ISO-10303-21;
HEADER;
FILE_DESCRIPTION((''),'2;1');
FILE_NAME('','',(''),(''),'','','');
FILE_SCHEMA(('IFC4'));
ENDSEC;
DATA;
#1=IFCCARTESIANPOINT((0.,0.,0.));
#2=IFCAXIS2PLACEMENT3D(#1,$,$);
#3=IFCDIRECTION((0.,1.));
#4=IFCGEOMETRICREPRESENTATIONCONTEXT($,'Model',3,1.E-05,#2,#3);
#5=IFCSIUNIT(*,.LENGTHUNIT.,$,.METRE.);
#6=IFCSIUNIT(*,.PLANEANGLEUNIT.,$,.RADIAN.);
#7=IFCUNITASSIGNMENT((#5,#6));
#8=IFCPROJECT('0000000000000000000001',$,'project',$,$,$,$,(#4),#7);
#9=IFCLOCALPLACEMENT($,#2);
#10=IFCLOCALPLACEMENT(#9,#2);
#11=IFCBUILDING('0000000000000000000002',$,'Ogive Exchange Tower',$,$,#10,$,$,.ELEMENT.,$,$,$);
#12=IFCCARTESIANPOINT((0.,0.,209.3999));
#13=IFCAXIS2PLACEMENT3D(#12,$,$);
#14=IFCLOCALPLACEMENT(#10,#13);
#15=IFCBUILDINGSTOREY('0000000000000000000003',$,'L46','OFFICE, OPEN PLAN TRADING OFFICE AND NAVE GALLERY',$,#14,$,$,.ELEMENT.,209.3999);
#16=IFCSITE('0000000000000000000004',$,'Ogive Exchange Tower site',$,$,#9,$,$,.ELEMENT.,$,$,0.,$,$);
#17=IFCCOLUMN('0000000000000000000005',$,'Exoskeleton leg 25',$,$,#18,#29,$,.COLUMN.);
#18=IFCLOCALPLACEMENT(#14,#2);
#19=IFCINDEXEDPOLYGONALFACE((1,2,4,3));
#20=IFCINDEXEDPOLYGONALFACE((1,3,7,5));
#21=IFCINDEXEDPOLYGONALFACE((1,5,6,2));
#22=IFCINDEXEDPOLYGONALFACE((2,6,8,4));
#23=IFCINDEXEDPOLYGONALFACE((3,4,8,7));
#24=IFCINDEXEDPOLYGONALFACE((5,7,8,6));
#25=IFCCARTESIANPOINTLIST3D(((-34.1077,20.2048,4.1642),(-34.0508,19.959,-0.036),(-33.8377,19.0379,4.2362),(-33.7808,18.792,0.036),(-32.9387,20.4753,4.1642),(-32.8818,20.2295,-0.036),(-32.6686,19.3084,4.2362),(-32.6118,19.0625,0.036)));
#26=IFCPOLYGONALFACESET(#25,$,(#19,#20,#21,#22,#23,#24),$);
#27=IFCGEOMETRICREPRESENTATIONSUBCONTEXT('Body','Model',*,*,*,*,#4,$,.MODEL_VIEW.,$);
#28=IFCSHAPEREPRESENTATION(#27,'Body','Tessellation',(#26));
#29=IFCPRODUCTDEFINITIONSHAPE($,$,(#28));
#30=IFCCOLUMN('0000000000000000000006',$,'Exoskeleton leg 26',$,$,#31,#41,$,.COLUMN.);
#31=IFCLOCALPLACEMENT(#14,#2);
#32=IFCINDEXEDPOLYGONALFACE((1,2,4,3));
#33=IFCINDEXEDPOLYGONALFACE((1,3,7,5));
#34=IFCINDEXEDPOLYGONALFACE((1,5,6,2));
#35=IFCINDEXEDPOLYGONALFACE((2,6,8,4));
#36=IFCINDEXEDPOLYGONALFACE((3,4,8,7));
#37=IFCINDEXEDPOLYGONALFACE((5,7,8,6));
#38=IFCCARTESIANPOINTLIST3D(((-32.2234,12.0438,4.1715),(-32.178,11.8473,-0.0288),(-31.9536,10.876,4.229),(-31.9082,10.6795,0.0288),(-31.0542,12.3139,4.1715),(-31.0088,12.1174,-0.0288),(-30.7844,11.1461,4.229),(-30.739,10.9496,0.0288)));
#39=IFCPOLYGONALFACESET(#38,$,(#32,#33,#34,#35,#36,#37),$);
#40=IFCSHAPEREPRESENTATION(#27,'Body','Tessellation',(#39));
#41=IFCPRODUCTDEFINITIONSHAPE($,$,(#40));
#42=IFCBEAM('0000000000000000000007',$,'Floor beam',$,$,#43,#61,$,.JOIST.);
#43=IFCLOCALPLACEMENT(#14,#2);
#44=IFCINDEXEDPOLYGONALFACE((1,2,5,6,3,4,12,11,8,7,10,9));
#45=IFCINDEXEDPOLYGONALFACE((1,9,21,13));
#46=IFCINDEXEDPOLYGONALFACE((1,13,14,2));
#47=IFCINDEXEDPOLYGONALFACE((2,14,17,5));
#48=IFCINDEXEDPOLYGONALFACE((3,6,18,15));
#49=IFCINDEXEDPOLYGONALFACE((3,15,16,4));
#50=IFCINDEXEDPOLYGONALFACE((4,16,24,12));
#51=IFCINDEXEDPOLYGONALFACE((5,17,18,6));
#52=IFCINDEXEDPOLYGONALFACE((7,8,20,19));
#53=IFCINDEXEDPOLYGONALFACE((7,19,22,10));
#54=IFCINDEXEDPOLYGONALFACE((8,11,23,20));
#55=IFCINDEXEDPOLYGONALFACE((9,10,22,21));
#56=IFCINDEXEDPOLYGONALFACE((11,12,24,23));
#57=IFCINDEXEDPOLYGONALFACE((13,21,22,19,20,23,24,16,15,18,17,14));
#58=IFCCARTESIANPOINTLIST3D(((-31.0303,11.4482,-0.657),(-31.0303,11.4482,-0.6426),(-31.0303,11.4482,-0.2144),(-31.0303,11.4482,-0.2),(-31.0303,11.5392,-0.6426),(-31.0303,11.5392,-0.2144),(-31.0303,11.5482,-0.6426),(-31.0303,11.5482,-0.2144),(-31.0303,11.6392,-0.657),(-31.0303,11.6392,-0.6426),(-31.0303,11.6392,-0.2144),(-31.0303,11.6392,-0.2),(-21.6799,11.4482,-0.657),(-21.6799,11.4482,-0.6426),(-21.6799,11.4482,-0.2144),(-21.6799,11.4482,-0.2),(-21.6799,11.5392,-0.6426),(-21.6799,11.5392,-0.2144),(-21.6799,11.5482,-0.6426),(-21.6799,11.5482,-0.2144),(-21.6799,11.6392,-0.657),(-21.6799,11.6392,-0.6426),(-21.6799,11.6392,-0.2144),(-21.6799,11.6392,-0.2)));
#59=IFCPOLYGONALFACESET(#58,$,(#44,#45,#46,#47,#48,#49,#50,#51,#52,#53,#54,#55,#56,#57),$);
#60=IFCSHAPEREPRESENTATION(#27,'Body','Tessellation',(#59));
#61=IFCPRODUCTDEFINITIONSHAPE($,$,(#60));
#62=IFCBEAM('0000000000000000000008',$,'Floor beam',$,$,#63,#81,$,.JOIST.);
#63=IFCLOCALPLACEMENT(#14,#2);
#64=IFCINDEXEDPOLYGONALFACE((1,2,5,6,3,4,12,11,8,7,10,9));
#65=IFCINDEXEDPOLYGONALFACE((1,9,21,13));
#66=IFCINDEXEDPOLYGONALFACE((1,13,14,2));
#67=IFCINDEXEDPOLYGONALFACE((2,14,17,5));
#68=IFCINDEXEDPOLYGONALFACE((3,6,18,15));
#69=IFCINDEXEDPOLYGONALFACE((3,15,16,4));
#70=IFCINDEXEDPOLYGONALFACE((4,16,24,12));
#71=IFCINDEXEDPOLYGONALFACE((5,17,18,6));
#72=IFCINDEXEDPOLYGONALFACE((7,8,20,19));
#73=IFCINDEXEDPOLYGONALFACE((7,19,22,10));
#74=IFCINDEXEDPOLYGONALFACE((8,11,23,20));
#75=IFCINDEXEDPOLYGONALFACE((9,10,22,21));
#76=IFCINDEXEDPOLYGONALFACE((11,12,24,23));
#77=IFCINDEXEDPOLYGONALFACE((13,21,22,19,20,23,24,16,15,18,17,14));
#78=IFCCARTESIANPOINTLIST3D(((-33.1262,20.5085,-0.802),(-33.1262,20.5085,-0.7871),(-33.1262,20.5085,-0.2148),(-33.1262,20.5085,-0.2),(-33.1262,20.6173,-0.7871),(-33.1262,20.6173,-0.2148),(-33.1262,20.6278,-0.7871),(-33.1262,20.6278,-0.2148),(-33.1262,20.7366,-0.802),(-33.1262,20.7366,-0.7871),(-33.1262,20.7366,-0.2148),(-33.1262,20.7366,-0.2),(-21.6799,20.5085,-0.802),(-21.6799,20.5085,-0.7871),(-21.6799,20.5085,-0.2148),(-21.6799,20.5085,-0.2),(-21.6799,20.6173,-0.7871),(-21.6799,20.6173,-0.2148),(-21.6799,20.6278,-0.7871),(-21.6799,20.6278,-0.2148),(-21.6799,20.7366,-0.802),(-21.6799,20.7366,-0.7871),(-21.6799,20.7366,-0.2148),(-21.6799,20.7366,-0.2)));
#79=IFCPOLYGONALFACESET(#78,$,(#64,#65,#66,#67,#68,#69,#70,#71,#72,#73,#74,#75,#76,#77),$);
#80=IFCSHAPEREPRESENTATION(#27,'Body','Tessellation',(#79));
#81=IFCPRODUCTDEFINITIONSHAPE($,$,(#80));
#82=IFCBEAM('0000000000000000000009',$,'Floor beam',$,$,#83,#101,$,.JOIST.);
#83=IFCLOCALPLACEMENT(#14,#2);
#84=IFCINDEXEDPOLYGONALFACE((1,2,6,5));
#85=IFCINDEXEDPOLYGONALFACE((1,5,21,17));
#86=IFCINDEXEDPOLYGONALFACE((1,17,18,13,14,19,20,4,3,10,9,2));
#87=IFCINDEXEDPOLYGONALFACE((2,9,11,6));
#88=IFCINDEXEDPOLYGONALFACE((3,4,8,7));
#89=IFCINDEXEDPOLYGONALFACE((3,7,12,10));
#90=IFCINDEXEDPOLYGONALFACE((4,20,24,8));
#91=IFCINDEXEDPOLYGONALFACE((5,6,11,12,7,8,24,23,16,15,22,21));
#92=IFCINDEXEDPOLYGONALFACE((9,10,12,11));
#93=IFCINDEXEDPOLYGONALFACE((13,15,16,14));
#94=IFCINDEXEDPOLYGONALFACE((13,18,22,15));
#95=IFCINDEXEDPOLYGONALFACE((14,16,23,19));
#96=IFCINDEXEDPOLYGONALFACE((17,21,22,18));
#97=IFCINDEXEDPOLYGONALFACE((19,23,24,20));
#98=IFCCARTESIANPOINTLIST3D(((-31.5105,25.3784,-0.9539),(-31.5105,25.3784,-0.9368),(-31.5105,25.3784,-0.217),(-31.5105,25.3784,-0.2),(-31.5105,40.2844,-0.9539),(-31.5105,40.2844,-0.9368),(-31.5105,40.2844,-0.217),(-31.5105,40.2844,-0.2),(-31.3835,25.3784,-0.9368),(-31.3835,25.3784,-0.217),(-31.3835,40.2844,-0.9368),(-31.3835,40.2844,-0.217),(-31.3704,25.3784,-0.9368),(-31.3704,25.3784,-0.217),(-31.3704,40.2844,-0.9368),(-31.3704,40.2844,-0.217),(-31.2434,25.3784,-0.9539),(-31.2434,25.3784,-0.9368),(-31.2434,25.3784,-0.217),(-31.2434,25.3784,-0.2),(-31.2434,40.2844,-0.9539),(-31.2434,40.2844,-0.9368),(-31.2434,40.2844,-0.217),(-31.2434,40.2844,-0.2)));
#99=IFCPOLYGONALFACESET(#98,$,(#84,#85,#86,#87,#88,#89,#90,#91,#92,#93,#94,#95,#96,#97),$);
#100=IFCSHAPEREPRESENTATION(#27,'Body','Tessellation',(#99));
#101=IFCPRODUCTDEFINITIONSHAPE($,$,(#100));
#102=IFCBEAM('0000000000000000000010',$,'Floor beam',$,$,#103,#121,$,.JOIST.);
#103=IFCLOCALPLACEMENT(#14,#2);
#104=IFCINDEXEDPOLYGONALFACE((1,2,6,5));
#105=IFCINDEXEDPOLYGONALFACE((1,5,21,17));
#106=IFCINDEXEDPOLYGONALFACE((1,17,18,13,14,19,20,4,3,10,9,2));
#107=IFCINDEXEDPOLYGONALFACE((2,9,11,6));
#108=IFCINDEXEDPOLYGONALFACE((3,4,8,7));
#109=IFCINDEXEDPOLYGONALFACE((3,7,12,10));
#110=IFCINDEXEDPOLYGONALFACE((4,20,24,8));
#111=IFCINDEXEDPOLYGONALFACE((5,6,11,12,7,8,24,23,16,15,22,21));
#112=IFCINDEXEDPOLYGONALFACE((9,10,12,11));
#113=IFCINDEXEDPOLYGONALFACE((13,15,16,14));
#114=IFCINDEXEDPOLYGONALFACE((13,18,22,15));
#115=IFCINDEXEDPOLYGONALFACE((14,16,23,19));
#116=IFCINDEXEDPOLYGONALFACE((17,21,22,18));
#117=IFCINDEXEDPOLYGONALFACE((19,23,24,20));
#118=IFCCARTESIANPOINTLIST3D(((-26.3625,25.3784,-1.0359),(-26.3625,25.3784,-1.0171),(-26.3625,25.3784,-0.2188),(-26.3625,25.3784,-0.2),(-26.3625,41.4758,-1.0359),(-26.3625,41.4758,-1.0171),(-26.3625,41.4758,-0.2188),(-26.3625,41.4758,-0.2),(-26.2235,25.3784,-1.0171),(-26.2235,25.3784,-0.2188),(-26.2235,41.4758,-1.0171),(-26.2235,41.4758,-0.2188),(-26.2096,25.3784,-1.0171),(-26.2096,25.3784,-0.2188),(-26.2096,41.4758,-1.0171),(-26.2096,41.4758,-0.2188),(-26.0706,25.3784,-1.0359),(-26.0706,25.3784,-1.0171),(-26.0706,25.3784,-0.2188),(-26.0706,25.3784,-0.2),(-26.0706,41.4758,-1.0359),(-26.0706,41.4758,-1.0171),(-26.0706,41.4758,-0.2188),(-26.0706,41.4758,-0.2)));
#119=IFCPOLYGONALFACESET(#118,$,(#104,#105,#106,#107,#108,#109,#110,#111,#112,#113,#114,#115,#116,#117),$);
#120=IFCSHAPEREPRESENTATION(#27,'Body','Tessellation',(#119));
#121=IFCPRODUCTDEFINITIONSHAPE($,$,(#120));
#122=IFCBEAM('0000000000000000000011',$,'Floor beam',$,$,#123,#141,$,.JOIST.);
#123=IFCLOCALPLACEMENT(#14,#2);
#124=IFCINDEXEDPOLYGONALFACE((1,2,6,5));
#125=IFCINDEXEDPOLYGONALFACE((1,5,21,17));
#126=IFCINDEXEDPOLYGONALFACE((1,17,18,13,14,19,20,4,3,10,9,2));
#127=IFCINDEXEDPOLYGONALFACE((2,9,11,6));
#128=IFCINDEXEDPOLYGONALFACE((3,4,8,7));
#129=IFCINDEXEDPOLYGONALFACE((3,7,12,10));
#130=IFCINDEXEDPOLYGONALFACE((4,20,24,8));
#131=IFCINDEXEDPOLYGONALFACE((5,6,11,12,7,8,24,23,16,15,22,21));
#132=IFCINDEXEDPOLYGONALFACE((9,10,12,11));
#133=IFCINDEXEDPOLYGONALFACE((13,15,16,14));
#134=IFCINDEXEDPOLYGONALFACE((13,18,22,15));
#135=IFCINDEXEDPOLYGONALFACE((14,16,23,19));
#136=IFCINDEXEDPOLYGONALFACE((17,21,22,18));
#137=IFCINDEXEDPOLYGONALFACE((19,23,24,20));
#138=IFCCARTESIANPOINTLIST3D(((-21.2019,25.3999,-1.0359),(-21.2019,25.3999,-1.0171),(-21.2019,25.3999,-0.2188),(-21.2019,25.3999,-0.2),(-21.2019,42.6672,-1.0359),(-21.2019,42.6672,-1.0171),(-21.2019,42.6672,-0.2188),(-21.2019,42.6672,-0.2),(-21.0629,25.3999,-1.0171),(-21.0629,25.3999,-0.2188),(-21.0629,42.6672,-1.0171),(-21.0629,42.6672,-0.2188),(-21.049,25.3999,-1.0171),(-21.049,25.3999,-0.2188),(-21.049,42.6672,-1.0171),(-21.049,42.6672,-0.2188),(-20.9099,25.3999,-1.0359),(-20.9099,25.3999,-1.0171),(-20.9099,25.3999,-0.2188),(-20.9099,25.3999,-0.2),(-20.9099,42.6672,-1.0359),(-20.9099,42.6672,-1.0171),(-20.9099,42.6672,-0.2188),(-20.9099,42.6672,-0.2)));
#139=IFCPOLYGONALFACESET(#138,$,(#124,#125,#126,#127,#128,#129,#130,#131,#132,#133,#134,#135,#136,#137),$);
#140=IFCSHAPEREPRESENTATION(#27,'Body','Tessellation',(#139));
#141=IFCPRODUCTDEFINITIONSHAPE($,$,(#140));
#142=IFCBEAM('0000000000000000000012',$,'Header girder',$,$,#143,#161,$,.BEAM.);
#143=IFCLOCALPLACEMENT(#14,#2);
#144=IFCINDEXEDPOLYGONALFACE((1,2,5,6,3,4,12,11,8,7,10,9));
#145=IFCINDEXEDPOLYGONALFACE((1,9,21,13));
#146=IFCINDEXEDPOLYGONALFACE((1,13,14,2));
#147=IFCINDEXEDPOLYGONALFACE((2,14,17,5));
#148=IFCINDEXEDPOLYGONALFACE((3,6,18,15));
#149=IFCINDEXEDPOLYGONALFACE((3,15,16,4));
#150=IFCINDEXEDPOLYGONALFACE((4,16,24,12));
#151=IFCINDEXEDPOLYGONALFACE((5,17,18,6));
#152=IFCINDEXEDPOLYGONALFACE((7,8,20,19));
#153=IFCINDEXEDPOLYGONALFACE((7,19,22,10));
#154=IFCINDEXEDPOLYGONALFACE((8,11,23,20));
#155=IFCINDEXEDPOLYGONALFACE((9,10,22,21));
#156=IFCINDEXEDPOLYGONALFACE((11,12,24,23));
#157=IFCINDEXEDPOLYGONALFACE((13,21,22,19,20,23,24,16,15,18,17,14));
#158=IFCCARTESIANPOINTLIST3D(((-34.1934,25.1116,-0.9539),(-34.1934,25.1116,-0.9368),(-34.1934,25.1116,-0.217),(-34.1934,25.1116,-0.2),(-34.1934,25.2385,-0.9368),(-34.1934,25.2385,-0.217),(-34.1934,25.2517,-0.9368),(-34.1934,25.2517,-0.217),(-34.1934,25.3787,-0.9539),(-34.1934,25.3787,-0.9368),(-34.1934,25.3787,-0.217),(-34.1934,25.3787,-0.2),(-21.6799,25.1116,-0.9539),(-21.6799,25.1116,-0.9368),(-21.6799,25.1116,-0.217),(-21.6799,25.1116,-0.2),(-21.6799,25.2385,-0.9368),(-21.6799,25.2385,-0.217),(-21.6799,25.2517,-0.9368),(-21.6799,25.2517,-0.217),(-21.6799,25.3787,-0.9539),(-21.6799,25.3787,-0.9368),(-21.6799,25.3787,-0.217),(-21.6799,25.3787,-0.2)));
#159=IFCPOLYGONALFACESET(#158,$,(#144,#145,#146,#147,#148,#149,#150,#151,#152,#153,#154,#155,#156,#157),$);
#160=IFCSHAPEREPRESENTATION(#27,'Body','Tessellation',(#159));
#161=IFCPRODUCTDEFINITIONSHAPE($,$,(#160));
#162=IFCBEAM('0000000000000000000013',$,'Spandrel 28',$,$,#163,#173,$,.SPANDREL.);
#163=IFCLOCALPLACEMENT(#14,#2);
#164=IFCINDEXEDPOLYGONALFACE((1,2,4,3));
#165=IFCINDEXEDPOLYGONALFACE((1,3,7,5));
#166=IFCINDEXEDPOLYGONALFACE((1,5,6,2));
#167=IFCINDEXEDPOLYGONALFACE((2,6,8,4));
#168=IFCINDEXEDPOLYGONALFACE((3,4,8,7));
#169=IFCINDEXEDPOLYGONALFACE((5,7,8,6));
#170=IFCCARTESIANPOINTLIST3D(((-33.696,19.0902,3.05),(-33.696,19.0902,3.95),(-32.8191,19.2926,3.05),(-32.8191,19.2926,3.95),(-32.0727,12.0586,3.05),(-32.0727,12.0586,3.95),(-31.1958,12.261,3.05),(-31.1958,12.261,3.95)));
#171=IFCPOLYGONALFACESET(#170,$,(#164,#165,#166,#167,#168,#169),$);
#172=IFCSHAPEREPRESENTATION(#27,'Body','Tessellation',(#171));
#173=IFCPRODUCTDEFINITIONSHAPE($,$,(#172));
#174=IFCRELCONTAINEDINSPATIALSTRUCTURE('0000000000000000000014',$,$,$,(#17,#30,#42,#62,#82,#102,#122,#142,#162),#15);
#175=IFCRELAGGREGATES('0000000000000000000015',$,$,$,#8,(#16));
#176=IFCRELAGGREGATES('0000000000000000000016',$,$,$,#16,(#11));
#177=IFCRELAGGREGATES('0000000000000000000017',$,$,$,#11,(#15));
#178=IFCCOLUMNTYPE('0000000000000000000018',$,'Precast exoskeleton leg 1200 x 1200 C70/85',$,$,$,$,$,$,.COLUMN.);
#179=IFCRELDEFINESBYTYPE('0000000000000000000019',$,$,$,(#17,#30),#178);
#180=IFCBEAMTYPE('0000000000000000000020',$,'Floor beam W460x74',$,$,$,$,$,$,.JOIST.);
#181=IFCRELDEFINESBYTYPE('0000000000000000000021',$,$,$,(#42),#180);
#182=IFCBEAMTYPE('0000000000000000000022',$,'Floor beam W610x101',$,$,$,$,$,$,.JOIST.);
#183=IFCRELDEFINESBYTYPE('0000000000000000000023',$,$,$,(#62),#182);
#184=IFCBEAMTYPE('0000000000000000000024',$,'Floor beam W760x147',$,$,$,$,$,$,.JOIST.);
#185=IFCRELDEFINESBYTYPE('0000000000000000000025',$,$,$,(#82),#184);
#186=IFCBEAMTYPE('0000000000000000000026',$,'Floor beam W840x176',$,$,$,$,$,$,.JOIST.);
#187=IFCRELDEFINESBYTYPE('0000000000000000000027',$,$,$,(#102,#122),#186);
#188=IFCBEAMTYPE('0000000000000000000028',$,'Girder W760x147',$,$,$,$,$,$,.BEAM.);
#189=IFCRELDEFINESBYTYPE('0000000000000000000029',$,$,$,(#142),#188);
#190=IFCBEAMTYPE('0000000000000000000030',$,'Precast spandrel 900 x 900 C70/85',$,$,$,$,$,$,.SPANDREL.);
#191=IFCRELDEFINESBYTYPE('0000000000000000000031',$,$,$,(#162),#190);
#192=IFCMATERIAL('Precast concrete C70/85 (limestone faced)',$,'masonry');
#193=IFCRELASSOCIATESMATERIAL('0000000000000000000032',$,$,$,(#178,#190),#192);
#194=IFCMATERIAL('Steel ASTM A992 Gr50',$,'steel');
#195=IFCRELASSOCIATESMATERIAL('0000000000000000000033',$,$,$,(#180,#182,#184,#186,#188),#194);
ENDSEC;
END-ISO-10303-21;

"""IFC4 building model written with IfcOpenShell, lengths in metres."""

from ifc_helpers import new_model, si_unit, direction, frame, origin, origin_2d, place, context, subcontext, project, spatial, rectangle, i_section, extrude, material, material_profile, profile_set, type_object, element, save


model = new_model("IFC4")

# Units and contexts
model_context = context("Model", 3, precision=1e-05, world=origin(), true_north=direction((0.0, 1.0)))
body_context = subcontext(model_context, "Body", "Model", "MODEL_VIEW")
ifc_project = project(units=[si_unit("LENGTHUNIT", "METRE"), si_unit("PLANEANGLEUNIT", "RADIAN")], contexts=[model_context])

# Site, building, storey
site_placement = place(None, origin())
site = spatial("IfcSite", under=ifc_project, at=site_placement, Name="Ogive Exchange Tower site", CompositionType="ELEMENT", RefElevation=0.0)
building_placement = place(site_placement, origin())
building = spatial("IfcBuilding", under=site, at=building_placement, Name="Ogive Exchange Tower", CompositionType="ELEMENT")
storey_placement = place(building_placement, frame((0.0, 0.0, 209.3999)))
storey = spatial("IfcBuildingStorey", under=building, at=storey_placement, Name="L46", Description="OFFICE, OPEN PLAN TRADING OFFICE AND NAVE GALLERY", CompositionType="ELEMENT", Elevation=209.3999)

# Columns
ifc_material_1 = material(Name="Precast concrete C70/85 (limestone faced)", Category="masonry")
ifc_material_profile_1 = material_profile(ifc_material_1, rectangle(XDim=1.2, YDim=1.2, at=origin_2d()), Name="1200 x 1200")
ifc_profile_set_1 = profile_set([ifc_material_profile_1], Name="Precast concrete C70/85 (limestone faced)")
column_type = type_object("IfcColumnType", Name="Precast exoskeleton leg 1200 x 1200 C70/85", PredefinedType="COLUMN", material=ifc_profile_set_1)
column_1_placement = place(storey_placement, frame((-33.3313, 19.5107, 0.0), z_axis=(-0.013519, 0.058428, 0.9982), x_axis=(-0.974261, -0.225425, 0.0)))
element("IfcColumn", 1, at=column_1_placement, inside=storey, type_object=column_type, Name="Exoskeleton leg 25", PredefinedType="COLUMN", context=body_context, shape_type="SweptSolid", body=[
    extrude(rectangle(XDim=1.2, YDim=1.2, at=origin_2d()), origin(), (0.0, 0.0, 1.0), 4.2078),
])
column_2_placement = place(storey_placement, frame((-31.4585, 11.3984, 0.0), z_axis=(-0.010799, 0.046738, 0.998849), x_axis=(-0.97433, -0.225125, 0.0)))
element("IfcColumn", 2, at=column_2_placement, inside=storey, type_object=column_type, Name="Exoskeleton leg 26", PredefinedType="COLUMN", context=body_context, shape_type="SweptSolid", body=[
    extrude(rectangle(XDim=1.2, YDim=1.2, at=origin_2d()), origin(), (0.0, 0.0, 1.0), 4.2051),
])

# Beams
ifc_material_2 = material(Name="Steel ASTM A992 Gr50", Category="steel")
ifc_material_profile_2 = material_profile(ifc_material_2, i_section(OverallWidth=0.1909, OverallDepth=0.457, WebThickness=0.009, FlangeThickness=0.0144, at=origin_2d()), Name="W460x74")
ifc_profile_set_2 = profile_set([ifc_material_profile_2], Name="Steel ASTM A992 Gr50")
beam_type_1 = type_object("IfcBeamType", Name="Floor beam W460x74", PredefinedType="JOIST", material=ifc_profile_set_2)
beam_1_placement = place(storey_placement, frame((-31.0303, 11.5437, -0.4285), z_axis=(1.0, 0.0, 0.0), x_axis=(0.0, 1.0, 0.0)))
element("IfcBeam", 3, at=beam_1_placement, inside=storey, type_object=beam_type_1, Name="Floor beam", PredefinedType="JOIST", context=body_context, shape_type="SweptSolid", body=[
    extrude(i_section(OverallWidth=0.1909, OverallDepth=0.457, WebThickness=0.009, FlangeThickness=0.0144, at=origin_2d()), origin(), (0.0, 0.0, 1.0), 9.3503),
])
ifc_material_profile_3 = material_profile(ifc_material_2, i_section(OverallWidth=0.228, OverallDepth=0.6021, WebThickness=0.0105, FlangeThickness=0.0149, at=origin_2d()), Name="W610x101")
ifc_profile_set_3 = profile_set([ifc_material_profile_3], Name="Steel ASTM A992 Gr50")
beam_type_2 = type_object("IfcBeamType", Name="Floor beam W610x101", PredefinedType="JOIST", material=ifc_profile_set_3)
beam_2_placement = place(storey_placement, frame((-33.1262, 20.6226, -0.501), z_axis=(1.0, 0.0, 0.0), x_axis=(0.0, 1.0, 0.0)))
element("IfcBeam", 4, at=beam_2_placement, inside=storey, type_object=beam_type_2, Name="Floor beam", PredefinedType="JOIST", context=body_context, shape_type="SweptSolid", body=[
    extrude(i_section(OverallWidth=0.228, OverallDepth=0.6021, WebThickness=0.0105, FlangeThickness=0.0149, at=origin_2d()), origin(), (0.0, 0.0, 1.0), 11.4463),
])
ifc_material_profile_4 = material_profile(ifc_material_2, i_section(OverallWidth=0.2671, OverallDepth=0.7539, WebThickness=0.0132, FlangeThickness=0.0171, at=origin_2d()), Name="W760x147")
ifc_profile_set_4 = profile_set([ifc_material_profile_4], Name="Steel ASTM A992 Gr50")
beam_type_3 = type_object("IfcBeamType", Name="Floor beam W760x147", PredefinedType="JOIST", material=ifc_profile_set_4)
beam_3_placement = place(storey_placement, frame((-31.377, 25.3784, -0.5769), z_axis=(0.0, 1.0, 0.0), x_axis=(-1.0, 0.0, 0.0)))
element("IfcBeam", 5, at=beam_3_placement, inside=storey, type_object=beam_type_3, Name="Floor beam", PredefinedType="JOIST", context=body_context, shape_type="SweptSolid", body=[
    extrude(i_section(OverallWidth=0.2671, OverallDepth=0.7539, WebThickness=0.0132, FlangeThickness=0.0171, at=origin_2d()), origin(), (0.0, 0.0, 1.0), 14.906),
])
ifc_material_profile_5 = material_profile(ifc_material_2, i_section(OverallWidth=0.292, OverallDepth=0.8359, WebThickness=0.0139, FlangeThickness=0.0188, at=origin_2d()), Name="W840x176")
ifc_profile_set_5 = profile_set([ifc_material_profile_5], Name="Steel ASTM A992 Gr50")
beam_type_4 = type_object("IfcBeamType", Name="Floor beam W840x176", PredefinedType="JOIST", material=ifc_profile_set_5)
beam_4_placement = place(storey_placement, frame((-26.2166, 25.3784, -0.6179), z_axis=(0.0, 1.0, 0.0), x_axis=(-1.0, 0.0, 0.0)))
element("IfcBeam", 6, at=beam_4_placement, inside=storey, type_object=beam_type_4, Name="Floor beam", PredefinedType="JOIST", context=body_context, shape_type="SweptSolid", body=[
    extrude(i_section(OverallWidth=0.292, OverallDepth=0.8359, WebThickness=0.0139, FlangeThickness=0.0188, at=origin_2d()), origin(), (0.0, 0.0, 1.0), 16.0974),
])
beam_5_placement = place(storey_placement, frame((-21.0559, 25.3999, -0.6179), z_axis=(0.0, 1.0, 0.0), x_axis=(-1.0, 0.0, 0.0)))
element("IfcBeam", 7, at=beam_5_placement, inside=storey, type_object=beam_type_4, Name="Floor beam", PredefinedType="JOIST", context=body_context, shape_type="SweptSolid", body=[
    extrude(i_section(OverallWidth=0.292, OverallDepth=0.8359, WebThickness=0.0139, FlangeThickness=0.0188, at=origin_2d()), origin(), (0.0, 0.0, 1.0), 17.2673),
])
ifc_material_profile_6 = material_profile(ifc_material_2, i_section(OverallWidth=0.2671, OverallDepth=0.7539, WebThickness=0.0132, FlangeThickness=0.0171, at=origin_2d()), Name="W760x147")
ifc_profile_set_6 = profile_set([ifc_material_profile_6], Name="Steel ASTM A992 Gr50")
beam_type_5 = type_object("IfcBeamType", Name="Girder W760x147", PredefinedType="BEAM", material=ifc_profile_set_6)
beam_6_placement = place(storey_placement, frame((-34.1934, 25.2451, -0.5769), z_axis=(1.0, 0.0, 0.0), x_axis=(0.0, 1.0, 0.0)))
element("IfcBeam", 8, at=beam_6_placement, inside=storey, type_object=beam_type_5, Name="Header girder", PredefinedType="BEAM", context=body_context, shape_type="SweptSolid", body=[
    extrude(i_section(OverallWidth=0.2671, OverallDepth=0.7539, WebThickness=0.0132, FlangeThickness=0.0171, at=origin_2d()), origin(), (0.0, 0.0, 1.0), 12.5134),
])
ifc_material_profile_7 = material_profile(ifc_material_1, rectangle(XDim=0.8999, YDim=0.8999, at=origin_2d()), Name="900 x 900")
ifc_profile_set_7 = profile_set([ifc_material_profile_7], Name="Precast concrete C70/85 (limestone faced)")
beam_type_6 = type_object("IfcBeamType", Name="Precast spandrel 900 x 900 C70/85", PredefinedType="SPANDREL", material=ifc_profile_set_7)
beam_7_placement = place(storey_placement, frame((-33.2576, 19.1914, 3.5), z_axis=(0.224944, -0.974372, 0.0), x_axis=(0.974372, 0.224944, 0.0)))
element("IfcBeam", 9, at=beam_7_placement, inside=storey, type_object=beam_type_6, Name="Spandrel 28", PredefinedType="SPANDREL", context=body_context, shape_type="SweptSolid", body=[
    extrude(rectangle(XDim=0.8999, YDim=0.8999, at=origin_2d()), origin(), (0.0, 0.0, 1.0), 7.2166),
])

save(model, "model.ifc")
